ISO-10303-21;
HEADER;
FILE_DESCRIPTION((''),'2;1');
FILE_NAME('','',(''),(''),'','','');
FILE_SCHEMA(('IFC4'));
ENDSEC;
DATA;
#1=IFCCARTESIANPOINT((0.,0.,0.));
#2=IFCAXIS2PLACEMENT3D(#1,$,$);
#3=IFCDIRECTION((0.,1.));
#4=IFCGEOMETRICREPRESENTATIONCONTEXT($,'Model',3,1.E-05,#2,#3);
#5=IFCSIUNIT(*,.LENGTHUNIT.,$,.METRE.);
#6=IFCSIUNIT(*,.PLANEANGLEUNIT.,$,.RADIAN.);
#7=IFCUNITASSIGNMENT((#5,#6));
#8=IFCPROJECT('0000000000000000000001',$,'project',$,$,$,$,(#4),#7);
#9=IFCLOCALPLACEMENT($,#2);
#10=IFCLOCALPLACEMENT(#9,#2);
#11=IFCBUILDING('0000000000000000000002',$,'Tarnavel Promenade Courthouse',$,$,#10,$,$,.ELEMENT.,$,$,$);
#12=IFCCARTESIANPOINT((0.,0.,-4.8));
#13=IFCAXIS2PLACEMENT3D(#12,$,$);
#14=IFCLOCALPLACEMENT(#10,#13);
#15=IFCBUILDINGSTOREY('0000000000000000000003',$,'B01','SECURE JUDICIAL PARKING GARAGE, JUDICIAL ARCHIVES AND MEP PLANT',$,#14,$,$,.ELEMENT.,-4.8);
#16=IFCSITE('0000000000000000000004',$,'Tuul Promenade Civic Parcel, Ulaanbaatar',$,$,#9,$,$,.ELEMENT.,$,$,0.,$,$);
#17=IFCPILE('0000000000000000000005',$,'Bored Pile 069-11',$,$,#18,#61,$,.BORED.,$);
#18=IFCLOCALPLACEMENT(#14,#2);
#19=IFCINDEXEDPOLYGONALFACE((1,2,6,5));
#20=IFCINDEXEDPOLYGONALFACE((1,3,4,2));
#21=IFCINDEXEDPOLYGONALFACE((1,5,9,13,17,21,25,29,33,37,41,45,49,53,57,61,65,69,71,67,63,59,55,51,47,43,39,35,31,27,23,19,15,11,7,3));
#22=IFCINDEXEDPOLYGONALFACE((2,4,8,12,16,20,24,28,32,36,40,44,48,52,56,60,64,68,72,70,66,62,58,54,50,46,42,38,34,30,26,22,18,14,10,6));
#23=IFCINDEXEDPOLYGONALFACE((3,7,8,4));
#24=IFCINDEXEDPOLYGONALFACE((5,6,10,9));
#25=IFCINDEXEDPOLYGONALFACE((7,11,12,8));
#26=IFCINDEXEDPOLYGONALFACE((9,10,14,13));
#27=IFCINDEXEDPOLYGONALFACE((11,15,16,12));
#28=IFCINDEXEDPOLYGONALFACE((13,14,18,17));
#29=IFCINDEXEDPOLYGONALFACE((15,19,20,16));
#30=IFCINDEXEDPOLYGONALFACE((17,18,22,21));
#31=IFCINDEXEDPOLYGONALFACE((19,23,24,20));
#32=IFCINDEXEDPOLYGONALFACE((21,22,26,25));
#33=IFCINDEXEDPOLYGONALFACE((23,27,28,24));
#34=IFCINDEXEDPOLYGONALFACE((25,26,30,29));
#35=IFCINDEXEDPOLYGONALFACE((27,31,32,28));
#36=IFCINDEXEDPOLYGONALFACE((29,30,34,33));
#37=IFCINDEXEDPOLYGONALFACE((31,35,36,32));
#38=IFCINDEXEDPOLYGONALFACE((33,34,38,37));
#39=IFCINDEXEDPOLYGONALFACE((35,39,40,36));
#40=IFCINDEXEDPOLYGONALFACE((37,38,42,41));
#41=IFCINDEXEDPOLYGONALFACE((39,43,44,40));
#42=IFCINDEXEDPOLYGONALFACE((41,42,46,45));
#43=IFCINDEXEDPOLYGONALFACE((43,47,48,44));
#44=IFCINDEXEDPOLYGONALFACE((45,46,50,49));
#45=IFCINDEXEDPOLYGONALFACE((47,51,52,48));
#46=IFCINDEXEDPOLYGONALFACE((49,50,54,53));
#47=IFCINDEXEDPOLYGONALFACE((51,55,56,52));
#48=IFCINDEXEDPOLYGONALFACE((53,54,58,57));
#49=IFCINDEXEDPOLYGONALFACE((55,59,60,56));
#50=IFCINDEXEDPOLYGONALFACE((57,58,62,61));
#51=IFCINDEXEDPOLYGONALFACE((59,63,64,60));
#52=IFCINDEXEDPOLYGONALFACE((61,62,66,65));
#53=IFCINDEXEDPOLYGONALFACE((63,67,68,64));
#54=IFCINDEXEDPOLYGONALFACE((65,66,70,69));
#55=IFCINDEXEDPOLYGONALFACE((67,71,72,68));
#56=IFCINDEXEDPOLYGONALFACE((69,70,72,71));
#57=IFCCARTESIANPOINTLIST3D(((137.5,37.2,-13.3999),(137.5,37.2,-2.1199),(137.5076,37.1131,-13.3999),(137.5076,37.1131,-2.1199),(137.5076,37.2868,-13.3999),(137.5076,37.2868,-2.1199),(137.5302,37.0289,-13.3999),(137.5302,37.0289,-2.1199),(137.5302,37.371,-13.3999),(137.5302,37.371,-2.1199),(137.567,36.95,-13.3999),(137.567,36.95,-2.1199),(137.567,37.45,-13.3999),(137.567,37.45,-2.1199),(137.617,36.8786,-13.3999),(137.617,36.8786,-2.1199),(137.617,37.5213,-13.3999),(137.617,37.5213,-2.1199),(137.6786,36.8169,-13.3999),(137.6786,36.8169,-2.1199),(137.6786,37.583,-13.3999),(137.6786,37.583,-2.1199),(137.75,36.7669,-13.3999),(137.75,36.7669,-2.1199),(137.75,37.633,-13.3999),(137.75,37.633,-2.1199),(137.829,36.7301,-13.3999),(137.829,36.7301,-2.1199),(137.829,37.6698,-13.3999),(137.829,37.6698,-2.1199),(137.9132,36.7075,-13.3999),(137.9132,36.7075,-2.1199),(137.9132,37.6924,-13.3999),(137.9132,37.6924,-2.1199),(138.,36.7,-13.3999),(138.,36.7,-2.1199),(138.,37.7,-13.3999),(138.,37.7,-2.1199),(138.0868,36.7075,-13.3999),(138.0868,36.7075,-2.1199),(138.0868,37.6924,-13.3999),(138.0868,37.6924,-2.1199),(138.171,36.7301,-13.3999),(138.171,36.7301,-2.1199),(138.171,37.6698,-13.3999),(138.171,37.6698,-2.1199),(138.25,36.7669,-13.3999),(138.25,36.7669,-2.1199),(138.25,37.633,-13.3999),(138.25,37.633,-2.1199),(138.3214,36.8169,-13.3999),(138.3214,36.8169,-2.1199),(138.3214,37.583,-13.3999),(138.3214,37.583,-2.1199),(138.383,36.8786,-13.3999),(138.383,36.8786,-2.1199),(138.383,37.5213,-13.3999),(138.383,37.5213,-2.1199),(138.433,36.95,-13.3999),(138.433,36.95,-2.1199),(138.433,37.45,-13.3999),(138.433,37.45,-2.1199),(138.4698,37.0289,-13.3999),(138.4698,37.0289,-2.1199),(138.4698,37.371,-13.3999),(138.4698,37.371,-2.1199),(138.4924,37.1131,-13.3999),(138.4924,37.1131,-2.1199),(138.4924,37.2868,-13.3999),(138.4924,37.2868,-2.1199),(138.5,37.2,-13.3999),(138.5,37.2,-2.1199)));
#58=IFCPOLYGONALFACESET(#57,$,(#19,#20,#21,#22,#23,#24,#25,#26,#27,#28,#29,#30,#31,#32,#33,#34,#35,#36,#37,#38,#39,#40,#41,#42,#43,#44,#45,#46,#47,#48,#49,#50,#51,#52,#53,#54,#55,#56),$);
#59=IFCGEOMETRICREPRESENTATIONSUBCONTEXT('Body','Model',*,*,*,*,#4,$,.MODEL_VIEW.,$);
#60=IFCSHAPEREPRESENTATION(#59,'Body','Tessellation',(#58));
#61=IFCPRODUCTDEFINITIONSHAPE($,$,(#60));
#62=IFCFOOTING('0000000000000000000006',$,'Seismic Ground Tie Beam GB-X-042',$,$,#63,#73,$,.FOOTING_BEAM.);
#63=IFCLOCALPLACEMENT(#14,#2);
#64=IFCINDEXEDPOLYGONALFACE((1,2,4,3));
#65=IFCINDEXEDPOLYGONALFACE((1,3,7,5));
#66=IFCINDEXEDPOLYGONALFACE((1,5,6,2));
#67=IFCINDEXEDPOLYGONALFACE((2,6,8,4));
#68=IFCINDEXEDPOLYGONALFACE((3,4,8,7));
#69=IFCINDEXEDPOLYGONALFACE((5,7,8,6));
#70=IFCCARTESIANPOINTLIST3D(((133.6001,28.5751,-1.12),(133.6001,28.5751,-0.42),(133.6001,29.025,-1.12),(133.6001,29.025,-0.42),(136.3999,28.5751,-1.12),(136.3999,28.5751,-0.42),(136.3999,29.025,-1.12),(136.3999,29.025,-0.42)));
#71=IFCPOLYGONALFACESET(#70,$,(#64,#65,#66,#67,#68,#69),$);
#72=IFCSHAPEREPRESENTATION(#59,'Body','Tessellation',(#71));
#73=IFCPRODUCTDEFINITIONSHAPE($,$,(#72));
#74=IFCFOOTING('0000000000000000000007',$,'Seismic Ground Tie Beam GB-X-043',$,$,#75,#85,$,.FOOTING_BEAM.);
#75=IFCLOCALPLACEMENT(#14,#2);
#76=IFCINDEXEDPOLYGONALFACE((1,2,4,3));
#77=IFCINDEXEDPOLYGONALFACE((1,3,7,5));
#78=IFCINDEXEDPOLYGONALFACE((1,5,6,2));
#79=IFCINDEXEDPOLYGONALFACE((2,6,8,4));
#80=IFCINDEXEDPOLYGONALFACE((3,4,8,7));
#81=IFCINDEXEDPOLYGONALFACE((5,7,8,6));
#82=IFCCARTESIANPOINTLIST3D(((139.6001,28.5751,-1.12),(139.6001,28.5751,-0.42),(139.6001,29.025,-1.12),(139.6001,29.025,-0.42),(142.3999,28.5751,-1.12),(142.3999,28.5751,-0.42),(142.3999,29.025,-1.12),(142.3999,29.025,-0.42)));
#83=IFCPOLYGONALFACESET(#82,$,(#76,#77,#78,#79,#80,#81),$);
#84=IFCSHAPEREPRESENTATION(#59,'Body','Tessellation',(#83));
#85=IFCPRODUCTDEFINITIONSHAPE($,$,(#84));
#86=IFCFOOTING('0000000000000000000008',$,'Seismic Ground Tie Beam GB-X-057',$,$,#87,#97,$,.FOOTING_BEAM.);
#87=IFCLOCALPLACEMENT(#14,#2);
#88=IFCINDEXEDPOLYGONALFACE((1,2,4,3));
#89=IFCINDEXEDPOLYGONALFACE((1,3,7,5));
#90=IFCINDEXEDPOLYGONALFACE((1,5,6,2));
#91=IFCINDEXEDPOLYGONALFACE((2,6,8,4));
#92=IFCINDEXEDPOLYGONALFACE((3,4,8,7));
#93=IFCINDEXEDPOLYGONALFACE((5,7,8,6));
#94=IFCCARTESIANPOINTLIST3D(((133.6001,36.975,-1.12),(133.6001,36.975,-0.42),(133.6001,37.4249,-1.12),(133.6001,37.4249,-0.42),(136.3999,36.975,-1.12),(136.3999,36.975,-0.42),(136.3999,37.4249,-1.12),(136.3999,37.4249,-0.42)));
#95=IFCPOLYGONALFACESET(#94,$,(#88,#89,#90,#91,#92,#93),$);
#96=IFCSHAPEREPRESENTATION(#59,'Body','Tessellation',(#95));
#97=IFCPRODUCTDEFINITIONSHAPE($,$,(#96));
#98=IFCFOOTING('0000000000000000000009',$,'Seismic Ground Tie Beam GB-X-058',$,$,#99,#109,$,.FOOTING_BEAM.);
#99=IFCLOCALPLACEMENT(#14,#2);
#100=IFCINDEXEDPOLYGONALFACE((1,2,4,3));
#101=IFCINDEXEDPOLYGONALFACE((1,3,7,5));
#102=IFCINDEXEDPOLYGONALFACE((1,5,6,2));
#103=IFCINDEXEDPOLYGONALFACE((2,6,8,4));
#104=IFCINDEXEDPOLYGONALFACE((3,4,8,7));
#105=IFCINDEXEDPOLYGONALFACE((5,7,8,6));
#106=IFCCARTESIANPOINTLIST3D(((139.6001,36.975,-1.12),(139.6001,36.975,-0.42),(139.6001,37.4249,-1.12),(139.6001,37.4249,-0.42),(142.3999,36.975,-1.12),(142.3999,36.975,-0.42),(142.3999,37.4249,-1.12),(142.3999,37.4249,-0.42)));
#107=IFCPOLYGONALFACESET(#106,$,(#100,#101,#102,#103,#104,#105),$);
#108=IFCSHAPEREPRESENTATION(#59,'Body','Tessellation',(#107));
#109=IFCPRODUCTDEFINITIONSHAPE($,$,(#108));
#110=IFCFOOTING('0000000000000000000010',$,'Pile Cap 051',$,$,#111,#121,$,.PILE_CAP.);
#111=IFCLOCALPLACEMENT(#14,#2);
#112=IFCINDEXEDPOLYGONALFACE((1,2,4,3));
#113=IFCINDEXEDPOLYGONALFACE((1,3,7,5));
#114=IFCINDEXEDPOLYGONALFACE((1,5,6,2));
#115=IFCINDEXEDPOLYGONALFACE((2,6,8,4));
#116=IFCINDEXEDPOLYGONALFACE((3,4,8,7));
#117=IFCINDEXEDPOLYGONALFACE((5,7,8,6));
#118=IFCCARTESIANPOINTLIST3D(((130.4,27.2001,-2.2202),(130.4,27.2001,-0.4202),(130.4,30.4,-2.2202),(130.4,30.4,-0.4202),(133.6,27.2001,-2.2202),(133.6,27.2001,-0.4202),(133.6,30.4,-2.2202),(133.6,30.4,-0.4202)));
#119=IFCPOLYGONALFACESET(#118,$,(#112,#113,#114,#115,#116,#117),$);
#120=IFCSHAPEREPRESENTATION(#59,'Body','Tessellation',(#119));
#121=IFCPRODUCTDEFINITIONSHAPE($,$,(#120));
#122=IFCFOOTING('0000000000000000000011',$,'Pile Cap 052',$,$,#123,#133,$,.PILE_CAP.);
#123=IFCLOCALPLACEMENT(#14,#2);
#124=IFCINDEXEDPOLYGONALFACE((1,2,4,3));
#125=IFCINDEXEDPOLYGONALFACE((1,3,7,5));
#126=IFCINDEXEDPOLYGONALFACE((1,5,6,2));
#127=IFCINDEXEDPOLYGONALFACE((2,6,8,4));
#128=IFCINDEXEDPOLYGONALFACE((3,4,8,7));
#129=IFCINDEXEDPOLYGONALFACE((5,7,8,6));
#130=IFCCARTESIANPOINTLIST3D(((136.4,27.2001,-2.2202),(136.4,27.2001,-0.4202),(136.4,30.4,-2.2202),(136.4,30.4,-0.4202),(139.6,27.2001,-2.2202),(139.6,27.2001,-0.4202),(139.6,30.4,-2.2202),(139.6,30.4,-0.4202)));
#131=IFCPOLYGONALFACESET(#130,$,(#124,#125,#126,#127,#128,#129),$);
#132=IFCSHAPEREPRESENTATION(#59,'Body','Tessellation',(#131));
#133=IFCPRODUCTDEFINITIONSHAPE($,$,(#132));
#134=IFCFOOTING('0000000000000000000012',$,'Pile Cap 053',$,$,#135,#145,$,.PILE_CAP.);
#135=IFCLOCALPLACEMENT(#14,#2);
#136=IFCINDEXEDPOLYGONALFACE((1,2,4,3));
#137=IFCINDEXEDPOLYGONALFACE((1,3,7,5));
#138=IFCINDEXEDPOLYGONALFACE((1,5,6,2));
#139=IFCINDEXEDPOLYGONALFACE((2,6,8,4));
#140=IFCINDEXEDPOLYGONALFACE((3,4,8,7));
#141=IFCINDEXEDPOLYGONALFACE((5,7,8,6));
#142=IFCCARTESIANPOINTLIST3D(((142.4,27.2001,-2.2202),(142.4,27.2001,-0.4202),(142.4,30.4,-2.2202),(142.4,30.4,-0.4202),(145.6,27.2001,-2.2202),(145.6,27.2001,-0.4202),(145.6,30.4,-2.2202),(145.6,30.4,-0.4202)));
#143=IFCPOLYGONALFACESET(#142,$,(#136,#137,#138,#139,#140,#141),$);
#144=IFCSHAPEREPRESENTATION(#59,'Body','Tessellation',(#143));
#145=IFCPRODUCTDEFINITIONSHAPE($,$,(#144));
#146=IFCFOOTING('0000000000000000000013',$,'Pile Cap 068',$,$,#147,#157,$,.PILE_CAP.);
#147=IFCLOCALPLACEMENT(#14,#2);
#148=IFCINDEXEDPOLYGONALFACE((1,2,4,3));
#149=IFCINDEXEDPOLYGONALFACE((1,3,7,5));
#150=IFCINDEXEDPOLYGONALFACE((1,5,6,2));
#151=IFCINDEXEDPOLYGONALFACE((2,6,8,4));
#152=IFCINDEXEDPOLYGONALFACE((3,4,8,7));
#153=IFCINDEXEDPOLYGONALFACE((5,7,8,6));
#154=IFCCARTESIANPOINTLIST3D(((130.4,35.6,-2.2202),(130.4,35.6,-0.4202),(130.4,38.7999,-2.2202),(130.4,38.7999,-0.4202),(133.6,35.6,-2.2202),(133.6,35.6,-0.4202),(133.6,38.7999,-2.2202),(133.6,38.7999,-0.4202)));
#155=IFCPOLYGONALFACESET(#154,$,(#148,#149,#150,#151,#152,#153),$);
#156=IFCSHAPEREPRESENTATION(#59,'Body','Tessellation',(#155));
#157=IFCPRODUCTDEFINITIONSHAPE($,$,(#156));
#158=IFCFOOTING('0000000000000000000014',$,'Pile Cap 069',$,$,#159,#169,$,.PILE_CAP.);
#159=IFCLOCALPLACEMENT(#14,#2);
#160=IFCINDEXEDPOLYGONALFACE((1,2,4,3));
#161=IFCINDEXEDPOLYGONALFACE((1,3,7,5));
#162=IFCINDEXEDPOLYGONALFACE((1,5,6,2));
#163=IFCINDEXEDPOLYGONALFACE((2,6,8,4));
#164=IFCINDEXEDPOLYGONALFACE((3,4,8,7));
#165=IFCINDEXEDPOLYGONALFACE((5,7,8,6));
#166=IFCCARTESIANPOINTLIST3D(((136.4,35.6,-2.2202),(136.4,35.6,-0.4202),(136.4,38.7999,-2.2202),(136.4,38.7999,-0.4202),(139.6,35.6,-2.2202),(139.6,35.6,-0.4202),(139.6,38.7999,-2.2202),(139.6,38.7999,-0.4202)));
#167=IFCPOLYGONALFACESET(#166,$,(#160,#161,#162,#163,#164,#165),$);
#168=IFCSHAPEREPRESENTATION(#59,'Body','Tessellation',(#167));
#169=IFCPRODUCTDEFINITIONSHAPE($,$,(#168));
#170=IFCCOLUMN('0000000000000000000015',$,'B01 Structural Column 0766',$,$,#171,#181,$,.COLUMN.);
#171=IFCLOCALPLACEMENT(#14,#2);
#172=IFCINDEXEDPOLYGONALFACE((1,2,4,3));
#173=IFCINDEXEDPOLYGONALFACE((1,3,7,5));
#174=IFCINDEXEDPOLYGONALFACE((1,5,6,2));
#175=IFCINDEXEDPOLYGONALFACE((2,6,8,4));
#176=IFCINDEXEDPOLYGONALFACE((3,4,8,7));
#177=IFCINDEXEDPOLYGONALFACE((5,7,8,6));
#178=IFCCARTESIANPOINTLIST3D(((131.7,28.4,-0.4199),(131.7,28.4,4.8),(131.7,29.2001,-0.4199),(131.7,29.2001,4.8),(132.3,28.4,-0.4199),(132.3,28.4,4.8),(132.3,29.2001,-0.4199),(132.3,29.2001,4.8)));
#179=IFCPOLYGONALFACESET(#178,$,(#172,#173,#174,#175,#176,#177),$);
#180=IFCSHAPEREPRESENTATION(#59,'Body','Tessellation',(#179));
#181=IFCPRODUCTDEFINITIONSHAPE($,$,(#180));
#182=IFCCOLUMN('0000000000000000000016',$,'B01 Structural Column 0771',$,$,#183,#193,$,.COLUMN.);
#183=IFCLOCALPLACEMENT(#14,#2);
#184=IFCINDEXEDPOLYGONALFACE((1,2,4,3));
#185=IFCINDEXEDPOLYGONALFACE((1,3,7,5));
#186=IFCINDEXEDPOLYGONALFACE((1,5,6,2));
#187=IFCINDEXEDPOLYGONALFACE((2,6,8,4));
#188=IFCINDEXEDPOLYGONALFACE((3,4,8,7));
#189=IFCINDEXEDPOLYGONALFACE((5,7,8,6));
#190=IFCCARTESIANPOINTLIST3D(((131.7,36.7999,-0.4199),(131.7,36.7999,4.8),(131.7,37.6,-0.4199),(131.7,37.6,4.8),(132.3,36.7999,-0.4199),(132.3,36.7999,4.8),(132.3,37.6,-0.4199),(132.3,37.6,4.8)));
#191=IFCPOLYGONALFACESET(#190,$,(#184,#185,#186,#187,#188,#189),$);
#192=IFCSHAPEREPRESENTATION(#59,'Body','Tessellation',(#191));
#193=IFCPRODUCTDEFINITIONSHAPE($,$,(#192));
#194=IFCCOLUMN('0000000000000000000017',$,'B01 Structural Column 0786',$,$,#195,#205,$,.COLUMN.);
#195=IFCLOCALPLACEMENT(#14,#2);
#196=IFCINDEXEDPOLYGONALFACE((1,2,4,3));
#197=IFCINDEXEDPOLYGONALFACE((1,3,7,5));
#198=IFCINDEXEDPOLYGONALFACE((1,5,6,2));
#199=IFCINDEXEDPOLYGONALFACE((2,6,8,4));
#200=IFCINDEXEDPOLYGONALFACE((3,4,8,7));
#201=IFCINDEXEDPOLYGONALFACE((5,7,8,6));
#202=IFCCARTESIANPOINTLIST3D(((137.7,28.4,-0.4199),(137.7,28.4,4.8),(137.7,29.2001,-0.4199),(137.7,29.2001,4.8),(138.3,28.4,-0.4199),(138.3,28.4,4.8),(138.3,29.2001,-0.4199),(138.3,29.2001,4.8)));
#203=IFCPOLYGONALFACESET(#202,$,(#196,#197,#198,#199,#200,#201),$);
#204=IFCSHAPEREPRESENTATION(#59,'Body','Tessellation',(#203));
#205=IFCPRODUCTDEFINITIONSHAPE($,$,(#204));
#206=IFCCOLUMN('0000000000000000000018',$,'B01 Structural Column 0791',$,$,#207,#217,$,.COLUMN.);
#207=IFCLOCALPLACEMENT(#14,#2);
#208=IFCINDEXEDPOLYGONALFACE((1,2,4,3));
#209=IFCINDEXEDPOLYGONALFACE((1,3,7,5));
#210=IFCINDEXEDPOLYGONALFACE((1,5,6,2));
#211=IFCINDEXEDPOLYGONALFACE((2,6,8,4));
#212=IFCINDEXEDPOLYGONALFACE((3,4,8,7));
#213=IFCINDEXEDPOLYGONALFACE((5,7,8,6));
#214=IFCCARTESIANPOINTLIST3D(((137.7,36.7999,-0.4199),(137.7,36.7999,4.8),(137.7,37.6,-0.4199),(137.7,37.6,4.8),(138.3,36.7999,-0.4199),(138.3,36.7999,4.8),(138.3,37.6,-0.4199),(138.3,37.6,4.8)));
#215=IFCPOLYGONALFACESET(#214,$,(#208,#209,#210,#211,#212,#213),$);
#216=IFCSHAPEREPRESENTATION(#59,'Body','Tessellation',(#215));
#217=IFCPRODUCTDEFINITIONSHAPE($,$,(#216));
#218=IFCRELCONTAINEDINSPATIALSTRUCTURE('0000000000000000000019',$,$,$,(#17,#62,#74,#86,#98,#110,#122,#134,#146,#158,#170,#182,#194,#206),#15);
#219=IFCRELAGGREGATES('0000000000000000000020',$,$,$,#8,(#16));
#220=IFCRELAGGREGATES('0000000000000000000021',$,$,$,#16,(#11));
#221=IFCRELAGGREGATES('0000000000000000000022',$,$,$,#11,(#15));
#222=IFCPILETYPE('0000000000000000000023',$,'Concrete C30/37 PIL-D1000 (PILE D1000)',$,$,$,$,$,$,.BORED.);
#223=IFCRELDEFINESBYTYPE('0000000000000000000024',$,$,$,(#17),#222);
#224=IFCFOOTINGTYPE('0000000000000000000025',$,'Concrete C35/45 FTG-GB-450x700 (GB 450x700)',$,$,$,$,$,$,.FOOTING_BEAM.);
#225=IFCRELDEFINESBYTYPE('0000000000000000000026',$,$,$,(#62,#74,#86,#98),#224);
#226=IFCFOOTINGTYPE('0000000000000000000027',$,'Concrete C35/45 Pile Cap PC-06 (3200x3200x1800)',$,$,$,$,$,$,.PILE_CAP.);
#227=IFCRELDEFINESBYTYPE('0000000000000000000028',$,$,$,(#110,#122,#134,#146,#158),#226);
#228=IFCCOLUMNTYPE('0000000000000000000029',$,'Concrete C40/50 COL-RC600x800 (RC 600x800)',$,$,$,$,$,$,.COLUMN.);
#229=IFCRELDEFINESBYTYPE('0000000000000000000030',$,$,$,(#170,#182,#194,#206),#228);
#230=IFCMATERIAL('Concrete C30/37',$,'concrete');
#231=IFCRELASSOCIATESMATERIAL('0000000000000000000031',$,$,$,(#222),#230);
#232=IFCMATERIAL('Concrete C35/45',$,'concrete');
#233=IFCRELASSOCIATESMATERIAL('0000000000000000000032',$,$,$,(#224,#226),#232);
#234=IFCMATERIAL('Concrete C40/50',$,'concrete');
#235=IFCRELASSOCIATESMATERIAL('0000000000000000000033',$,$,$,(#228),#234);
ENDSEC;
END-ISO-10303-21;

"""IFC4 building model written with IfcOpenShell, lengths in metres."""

from ifc_helpers import new_model, si_unit, direction, frame, origin, origin_2d, place, context, subcontext, project, spatial, rectangle, circle, extrude, material, material_profile, profile_set, type_object, element, save


model = new_model("IFC4")

# Units and contexts
model_context = context("Model", 3, precision=1e-05, world=origin(), true_north=direction((0.0, 1.0)))
body_context = subcontext(model_context, "Body", "Model", "MODEL_VIEW")
ifc_project = project(units=[si_unit("LENGTHUNIT", "METRE"), si_unit("PLANEANGLEUNIT", "RADIAN")], contexts=[model_context])

# Site, building, storey
site_placement = place(None, origin())
site = spatial("IfcSite", under=ifc_project, at=site_placement, Name="Tuul Promenade Civic Parcel, Ulaanbaatar", CompositionType="ELEMENT", RefElevation=0.0)
building_placement = place(site_placement, origin())
building = spatial("IfcBuilding", under=site, at=building_placement, Name="Tarnavel Promenade Courthouse", CompositionType="ELEMENT")
storey_placement = place(building_placement, frame((0.0, 0.0, -4.8)))
storey = spatial("IfcBuildingStorey", under=building, at=storey_placement, Name="B01", Description="SECURE JUDICIAL PARKING GARAGE, JUDICIAL ARCHIVES AND MEP PLANT", CompositionType="ELEMENT", Elevation=-4.8)

# Pile
ifc_material_1 = material(Name="Concrete C30/37", Category="concrete")
ifc_material_profile_1 = material_profile(ifc_material_1, circle(Radius=0.5, at=origin_2d()), Name="PILE D1000")
ifc_profile_set_1 = profile_set([ifc_material_profile_1], Name="Concrete C30/37")
pile_type = type_object("IfcPileType", Name="Concrete C30/37 PIL-D1000 (PILE D1000)", PredefinedType="BORED", material=ifc_profile_set_1)
for number, where, z_axis, x_axis, name in (
    (1, (138.0, 37.2, -2.1199), (0.0, 0.0, -1.0), (1.0, 0.0, 0.0), "Bored Pile 069-11"),
):
    element("IfcPile", number, at=place(storey_placement, frame(where, z_axis=z_axis, x_axis=x_axis)), inside=storey, type_object=pile_type, Name=name, PredefinedType="BORED", context=body_context, shape_type="SweptSolid", body=[
        extrude(circle(Radius=0.5, at=origin_2d()), origin(), (0.0, 0.0, 1.0), 11.28),
    ])

# Footings
ifc_material_2 = material(Name="Concrete C35/45", Category="concrete")
ifc_material_profile_2 = material_profile(ifc_material_2, rectangle(XDim=0.45, YDim=0.7, at=origin_2d()), Name="GB 450x700")
ifc_profile_set_2 = profile_set([ifc_material_profile_2], Name="Concrete C35/45")
footing_type_1 = type_object("IfcFootingType", Name="Concrete C35/45 FTG-GB-450x700 (GB 450x700)", PredefinedType="FOOTING_BEAM", material=ifc_profile_set_2)
for number, where, z_axis, x_axis, name in (
    (2, (133.6001, 28.8, -0.77), (1.0, 0.0, 0.0), (0.0, 1.0, 0.0), "Seismic Ground Tie Beam GB-X-042"),
    (3, (139.6001, 28.8, -0.77), (1.0, 0.0, 0.0), (0.0, 1.0, 0.0), "Seismic Ground Tie Beam GB-X-043"),
    (4, (133.6001, 37.2, -0.77), (1.0, 0.0, 0.0), (0.0, 1.0, 0.0), "Seismic Ground Tie Beam GB-X-057"),
    (5, (139.6001, 37.2, -0.77), (1.0, 0.0, 0.0), (0.0, 1.0, 0.0), "Seismic Ground Tie Beam GB-X-058"),
):
    element("IfcFooting", number, at=place(storey_placement, frame(where, z_axis=z_axis, x_axis=x_axis)), inside=storey, type_object=footing_type_1, Name=name, PredefinedType="FOOTING_BEAM", context=body_context, shape_type="SweptSolid", body=[
        extrude(rectangle(XDim=0.45, YDim=0.7, at=origin_2d()), origin(), (0.0, 0.0, 1.0), 2.7998),
    ])
footing_type_2 = type_object("IfcFootingType", Name="Concrete C35/45 Pile Cap PC-06 (3200x3200x1800)", PredefinedType="PILE_CAP", material=ifc_material_2)
for number, where, z_axis, x_axis, name in (
    (6, (132.0, 28.8, -2.2202), (0.0, 0.0, 1.0), (1.0, 0.0, 0.0), "Pile Cap 051"),
    (7, (138.0, 28.8, -2.2202), (0.0, 0.0, 1.0), (1.0, 0.0, 0.0), "Pile Cap 052"),
    (8, (144.0, 28.8, -2.2202), (0.0, 0.0, 1.0), (1.0, 0.0, 0.0), "Pile Cap 053"),
    (9, (132.0, 37.2, -2.2202), (0.0, 0.0, 1.0), (1.0, 0.0, 0.0), "Pile Cap 068"),
    (10, (138.0, 37.2, -2.2202), (0.0, 0.0, 1.0), (1.0, 0.0, 0.0), "Pile Cap 069"),
):
    element("IfcFooting", number, at=place(storey_placement, frame(where, z_axis=z_axis, x_axis=x_axis)), inside=storey, type_object=footing_type_2, Name=name, PredefinedType="PILE_CAP", context=body_context, shape_type="SweptSolid", body=[
        extrude(rectangle(XDim=3.2, YDim=3.2, at=origin_2d()), origin(), (0.0, 0.0, 1.0), 1.8),
    ])

# Columns
ifc_material_3 = material(Name="Concrete C40/50", Category="concrete")
ifc_material_profile_3 = material_profile(ifc_material_3, rectangle(XDim=0.6001, YDim=0.8, at=origin_2d()), Name="RC 600x800")
ifc_profile_set_3 = profile_set([ifc_material_profile_3], Name="Concrete C40/50")
column_type = type_object("IfcColumnType", Name="Concrete C40/50 COL-RC600x800 (RC 600x800)", PredefinedType="COLUMN", material=ifc_profile_set_3)
for number, where, z_axis, x_axis, name in (
    (11, (132.0, 28.8, -0.4199), (0.0, 0.0, 1.0), (1.0, 0.0, 0.0), "B01 Structural Column 0766"),
    (12, (132.0, 37.2, -0.4199), (0.0, 0.0, 1.0), (1.0, 0.0, 0.0), "B01 Structural Column 0771"),
    (13, (138.0, 28.8, -0.4199), (0.0, 0.0, 1.0), (1.0, 0.0, 0.0), "B01 Structural Column 0786"),
    (14, (138.0, 37.2, -0.4199), (0.0, 0.0, 1.0), (1.0, 0.0, 0.0), "B01 Structural Column 0791"),
):
    element("IfcColumn", number, at=place(storey_placement, frame(where, z_axis=z_axis, x_axis=x_axis)), inside=storey, type_object=column_type, Name=name, PredefinedType="COLUMN", context=body_context, shape_type="SweptSolid", body=[
        extrude(rectangle(XDim=0.6001, YDim=0.8, at=origin_2d()), origin(), (0.0, 0.0, 1.0), 5.22),
    ])

save(model, "model.ifc")
